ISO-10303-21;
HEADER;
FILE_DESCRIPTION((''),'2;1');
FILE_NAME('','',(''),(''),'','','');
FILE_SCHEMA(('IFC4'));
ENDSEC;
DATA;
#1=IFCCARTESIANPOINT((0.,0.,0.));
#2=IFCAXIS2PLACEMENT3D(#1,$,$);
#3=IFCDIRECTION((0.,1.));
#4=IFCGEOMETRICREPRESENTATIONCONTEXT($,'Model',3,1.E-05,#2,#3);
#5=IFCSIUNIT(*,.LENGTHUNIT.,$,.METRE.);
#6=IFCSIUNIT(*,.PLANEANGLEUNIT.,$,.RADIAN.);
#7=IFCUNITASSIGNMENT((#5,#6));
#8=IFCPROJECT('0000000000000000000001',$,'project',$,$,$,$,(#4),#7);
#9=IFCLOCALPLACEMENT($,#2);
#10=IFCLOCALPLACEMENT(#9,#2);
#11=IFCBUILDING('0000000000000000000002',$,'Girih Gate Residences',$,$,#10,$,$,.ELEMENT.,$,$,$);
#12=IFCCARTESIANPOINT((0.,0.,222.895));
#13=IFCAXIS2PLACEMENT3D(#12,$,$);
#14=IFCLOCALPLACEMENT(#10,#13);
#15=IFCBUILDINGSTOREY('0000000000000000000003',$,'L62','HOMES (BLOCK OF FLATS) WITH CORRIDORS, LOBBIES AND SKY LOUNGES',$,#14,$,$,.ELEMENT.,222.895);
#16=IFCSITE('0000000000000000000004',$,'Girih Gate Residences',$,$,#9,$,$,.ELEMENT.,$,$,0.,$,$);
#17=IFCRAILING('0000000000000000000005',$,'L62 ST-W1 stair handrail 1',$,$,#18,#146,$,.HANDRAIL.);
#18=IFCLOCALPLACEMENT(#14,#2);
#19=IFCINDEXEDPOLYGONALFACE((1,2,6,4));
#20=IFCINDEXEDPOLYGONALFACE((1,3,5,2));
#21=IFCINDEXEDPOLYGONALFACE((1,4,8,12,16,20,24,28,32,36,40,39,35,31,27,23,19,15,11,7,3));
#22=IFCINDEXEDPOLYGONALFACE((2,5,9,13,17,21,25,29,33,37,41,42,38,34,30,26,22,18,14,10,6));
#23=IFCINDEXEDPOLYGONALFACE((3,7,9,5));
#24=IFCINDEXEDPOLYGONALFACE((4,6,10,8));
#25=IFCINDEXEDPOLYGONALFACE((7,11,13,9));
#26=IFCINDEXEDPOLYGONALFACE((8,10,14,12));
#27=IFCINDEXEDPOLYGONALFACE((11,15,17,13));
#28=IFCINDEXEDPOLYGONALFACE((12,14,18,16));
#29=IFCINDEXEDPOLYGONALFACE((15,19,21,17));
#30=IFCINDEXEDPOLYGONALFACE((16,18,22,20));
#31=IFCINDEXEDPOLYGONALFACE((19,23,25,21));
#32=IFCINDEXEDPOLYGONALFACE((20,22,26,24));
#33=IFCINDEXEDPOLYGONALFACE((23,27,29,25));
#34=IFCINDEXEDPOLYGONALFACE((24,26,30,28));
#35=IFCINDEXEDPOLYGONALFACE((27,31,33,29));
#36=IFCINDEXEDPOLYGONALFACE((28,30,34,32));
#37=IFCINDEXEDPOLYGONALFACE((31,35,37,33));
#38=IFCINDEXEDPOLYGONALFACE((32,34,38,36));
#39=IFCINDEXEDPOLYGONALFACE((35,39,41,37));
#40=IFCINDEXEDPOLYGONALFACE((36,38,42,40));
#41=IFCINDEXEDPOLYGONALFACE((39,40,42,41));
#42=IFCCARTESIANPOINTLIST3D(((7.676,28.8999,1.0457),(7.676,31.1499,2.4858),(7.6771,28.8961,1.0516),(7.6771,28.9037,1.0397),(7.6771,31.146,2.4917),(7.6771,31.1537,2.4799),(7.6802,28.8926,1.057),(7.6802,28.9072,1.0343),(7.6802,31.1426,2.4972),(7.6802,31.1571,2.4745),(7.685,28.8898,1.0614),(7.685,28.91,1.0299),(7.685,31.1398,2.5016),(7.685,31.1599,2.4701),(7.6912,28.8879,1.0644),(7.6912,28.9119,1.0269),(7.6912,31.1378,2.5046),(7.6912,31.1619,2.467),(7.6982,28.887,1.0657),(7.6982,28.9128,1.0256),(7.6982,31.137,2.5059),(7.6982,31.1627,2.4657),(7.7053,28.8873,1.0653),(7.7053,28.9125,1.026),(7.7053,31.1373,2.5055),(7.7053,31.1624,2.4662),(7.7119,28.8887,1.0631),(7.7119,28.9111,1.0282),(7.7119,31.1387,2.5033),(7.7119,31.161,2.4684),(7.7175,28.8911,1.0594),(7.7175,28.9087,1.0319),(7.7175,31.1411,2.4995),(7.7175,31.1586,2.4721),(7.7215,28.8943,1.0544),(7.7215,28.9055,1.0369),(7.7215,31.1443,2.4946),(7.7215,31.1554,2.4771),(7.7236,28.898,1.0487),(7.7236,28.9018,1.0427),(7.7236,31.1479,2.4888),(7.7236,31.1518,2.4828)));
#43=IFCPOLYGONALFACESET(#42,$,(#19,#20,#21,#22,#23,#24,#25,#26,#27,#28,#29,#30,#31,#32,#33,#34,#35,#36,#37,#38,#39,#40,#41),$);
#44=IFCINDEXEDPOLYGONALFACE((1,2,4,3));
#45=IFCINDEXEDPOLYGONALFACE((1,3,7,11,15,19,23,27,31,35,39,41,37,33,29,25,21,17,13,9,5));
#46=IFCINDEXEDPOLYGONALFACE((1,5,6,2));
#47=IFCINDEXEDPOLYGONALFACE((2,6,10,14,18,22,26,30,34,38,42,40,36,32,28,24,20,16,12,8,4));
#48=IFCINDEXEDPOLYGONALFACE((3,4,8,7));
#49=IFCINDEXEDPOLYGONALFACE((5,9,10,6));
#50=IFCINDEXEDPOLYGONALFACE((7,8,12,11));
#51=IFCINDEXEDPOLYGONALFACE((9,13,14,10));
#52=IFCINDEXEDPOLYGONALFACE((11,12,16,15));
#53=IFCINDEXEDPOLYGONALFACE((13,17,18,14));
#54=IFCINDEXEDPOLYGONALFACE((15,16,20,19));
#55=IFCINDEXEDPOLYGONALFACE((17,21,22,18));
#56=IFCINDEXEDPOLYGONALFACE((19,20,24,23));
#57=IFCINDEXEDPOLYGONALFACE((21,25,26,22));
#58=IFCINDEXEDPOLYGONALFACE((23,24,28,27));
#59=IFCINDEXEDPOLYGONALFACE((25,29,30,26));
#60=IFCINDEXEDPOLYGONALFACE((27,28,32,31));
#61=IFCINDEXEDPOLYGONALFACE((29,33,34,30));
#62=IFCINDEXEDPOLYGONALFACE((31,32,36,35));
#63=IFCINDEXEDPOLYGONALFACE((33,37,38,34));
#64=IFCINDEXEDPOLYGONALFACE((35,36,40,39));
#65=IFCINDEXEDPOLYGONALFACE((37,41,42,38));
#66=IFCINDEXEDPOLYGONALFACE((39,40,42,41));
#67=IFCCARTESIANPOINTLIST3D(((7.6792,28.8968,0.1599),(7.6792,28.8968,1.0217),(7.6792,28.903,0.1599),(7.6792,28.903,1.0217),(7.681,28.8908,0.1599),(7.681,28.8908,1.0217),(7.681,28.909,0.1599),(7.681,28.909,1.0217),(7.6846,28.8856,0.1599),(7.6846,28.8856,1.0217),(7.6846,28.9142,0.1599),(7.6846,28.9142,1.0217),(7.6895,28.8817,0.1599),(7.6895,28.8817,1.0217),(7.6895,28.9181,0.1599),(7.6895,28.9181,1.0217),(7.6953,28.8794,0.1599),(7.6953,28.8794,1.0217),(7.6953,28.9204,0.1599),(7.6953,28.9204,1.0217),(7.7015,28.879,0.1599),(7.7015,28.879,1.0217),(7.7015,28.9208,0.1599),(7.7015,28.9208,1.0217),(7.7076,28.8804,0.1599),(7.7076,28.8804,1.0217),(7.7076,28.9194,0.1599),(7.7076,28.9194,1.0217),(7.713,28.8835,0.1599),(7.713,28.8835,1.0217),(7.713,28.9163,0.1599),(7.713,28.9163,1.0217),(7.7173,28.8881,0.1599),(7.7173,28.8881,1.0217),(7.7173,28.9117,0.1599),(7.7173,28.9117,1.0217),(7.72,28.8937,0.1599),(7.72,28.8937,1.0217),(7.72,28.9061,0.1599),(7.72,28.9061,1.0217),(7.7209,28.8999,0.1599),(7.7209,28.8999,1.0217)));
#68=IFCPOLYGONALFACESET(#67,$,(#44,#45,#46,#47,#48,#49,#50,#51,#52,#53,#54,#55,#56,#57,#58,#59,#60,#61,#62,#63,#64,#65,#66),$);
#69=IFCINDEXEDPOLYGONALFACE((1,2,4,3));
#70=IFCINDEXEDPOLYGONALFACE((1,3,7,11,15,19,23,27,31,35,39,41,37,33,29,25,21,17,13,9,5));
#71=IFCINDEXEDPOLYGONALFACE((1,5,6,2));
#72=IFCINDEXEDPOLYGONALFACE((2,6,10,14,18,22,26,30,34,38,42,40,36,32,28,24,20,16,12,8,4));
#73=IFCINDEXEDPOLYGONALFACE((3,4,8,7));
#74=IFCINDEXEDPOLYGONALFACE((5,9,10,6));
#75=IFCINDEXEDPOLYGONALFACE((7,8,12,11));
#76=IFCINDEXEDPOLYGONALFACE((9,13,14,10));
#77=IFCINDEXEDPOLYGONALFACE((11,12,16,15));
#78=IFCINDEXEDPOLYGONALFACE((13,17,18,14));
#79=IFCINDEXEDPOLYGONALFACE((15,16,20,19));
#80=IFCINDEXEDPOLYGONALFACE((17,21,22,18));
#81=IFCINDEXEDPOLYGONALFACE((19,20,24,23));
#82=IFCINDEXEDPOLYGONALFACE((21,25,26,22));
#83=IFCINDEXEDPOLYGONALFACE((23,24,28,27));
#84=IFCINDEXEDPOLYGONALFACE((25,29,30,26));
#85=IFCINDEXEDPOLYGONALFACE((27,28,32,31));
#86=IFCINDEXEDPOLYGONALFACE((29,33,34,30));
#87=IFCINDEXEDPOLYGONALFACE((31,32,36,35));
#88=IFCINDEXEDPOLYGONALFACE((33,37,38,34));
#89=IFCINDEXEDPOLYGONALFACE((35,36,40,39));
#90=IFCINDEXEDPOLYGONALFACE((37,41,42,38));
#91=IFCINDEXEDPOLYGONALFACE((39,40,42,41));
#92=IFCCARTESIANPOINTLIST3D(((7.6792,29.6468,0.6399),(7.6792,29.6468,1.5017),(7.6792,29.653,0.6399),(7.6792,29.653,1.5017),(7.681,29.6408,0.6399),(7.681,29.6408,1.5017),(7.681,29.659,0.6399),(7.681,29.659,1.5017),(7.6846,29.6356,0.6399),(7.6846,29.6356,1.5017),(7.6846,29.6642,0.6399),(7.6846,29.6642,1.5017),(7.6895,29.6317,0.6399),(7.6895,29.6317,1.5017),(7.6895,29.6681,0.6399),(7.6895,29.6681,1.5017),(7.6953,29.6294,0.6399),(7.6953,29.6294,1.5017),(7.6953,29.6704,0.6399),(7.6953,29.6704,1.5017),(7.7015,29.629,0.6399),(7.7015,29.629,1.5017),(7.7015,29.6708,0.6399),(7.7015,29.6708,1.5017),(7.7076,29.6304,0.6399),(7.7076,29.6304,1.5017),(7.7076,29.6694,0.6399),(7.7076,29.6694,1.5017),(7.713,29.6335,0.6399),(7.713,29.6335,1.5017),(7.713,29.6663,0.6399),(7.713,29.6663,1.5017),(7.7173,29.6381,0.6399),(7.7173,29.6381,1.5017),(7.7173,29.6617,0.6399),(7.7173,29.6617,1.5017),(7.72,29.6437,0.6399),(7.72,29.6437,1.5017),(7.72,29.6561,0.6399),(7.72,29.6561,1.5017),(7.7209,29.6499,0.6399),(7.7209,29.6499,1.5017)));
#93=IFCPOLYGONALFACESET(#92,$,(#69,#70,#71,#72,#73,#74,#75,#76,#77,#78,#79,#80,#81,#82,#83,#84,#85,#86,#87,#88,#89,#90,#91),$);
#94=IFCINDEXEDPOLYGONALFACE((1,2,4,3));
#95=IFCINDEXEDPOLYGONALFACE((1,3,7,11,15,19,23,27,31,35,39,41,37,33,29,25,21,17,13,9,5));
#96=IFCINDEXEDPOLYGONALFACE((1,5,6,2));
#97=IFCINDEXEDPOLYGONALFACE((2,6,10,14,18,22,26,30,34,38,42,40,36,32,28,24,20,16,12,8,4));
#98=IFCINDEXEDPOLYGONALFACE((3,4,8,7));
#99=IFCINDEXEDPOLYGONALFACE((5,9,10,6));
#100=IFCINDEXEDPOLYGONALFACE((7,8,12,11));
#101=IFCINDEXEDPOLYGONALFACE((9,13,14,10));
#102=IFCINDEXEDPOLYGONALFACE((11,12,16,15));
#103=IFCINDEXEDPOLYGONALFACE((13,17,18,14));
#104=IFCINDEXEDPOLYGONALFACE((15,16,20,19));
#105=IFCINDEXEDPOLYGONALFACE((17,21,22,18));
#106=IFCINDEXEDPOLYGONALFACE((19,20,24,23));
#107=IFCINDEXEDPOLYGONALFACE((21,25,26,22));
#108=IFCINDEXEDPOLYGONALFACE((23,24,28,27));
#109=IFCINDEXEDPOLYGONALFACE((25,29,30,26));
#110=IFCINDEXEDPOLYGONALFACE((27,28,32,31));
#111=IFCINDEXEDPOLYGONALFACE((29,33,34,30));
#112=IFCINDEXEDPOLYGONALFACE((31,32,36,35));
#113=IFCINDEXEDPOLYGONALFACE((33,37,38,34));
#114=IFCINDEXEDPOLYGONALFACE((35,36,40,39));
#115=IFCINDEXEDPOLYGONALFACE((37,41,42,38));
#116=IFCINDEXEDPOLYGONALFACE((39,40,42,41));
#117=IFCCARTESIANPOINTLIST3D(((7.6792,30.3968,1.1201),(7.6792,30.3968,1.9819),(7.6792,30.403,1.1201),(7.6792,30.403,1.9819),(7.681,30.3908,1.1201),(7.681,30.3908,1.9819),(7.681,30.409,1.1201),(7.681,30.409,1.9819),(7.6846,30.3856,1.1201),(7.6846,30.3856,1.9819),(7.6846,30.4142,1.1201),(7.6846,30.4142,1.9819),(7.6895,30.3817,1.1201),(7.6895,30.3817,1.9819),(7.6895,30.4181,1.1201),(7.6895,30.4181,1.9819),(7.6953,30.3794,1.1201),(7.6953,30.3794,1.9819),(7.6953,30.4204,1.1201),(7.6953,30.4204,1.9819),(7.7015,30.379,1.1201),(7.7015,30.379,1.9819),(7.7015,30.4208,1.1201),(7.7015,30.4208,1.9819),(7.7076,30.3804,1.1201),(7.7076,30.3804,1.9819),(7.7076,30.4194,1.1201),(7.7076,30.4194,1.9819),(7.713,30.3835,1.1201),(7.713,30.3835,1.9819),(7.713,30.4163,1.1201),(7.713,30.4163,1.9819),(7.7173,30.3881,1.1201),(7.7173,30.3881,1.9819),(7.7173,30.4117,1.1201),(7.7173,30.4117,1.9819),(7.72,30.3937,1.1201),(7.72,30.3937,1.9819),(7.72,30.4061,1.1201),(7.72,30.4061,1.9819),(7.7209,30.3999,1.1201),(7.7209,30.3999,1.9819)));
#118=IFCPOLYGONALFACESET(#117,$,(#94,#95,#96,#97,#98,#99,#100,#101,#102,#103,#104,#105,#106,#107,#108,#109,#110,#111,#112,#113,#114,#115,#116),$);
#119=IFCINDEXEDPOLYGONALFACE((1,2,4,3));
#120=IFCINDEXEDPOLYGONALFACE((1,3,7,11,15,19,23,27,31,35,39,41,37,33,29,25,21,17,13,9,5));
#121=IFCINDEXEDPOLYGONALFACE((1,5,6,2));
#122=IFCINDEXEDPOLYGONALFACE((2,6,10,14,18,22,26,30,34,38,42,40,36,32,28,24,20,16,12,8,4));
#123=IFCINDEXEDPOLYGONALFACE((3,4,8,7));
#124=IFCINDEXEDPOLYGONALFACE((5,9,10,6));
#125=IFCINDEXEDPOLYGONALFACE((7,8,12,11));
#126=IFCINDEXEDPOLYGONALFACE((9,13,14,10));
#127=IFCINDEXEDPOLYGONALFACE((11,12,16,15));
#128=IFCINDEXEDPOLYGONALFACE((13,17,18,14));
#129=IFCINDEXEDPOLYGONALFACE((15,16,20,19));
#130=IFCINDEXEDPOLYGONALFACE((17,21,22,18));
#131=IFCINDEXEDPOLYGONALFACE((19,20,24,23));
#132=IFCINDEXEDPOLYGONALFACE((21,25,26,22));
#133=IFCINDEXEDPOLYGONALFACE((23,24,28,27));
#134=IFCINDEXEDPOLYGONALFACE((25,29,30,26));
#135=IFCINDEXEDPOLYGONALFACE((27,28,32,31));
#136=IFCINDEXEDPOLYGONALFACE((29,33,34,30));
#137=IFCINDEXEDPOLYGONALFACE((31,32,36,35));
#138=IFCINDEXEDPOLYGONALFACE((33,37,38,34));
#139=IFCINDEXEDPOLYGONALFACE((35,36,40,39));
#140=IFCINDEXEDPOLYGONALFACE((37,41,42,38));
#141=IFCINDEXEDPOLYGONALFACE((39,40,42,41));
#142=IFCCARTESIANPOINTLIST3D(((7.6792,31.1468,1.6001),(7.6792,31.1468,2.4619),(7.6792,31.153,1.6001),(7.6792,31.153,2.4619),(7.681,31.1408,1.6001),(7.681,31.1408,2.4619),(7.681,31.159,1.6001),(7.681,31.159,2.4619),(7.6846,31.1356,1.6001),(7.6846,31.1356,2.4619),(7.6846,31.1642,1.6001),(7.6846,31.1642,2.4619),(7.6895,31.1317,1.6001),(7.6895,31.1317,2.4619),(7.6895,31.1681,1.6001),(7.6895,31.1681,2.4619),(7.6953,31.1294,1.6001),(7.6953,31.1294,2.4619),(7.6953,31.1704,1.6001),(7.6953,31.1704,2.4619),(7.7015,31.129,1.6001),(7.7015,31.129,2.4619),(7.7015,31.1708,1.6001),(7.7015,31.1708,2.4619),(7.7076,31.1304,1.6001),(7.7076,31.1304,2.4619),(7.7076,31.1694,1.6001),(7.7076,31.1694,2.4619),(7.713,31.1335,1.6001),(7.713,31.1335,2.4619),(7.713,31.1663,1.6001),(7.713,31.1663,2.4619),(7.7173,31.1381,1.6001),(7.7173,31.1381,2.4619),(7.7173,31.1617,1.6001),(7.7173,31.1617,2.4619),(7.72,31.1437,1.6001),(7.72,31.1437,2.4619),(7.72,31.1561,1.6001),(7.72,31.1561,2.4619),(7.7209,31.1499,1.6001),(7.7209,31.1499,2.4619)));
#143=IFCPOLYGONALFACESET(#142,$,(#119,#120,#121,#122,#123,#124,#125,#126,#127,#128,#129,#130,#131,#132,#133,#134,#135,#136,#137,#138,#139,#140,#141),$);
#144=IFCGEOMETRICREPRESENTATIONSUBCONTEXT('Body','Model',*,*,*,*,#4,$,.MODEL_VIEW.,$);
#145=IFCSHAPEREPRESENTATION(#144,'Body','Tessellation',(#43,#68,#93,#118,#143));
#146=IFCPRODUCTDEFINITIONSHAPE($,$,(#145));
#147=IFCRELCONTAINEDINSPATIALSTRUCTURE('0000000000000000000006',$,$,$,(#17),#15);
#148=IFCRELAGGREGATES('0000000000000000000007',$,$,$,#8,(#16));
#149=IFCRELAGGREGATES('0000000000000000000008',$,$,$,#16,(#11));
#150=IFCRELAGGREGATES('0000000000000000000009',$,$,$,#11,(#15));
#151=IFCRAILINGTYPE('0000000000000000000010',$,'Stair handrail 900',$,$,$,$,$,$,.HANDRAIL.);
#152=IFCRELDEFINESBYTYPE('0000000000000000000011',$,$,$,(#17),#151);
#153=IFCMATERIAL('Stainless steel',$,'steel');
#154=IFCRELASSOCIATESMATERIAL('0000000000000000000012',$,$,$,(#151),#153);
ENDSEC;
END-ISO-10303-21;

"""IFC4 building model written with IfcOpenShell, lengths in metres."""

from ifc_helpers import new_model, si_unit, direction, frame, origin, origin_2d, place, context, subcontext, project, spatial, circle, extrude, material, type_object, element, save


model = new_model("IFC4")

# Units and contexts
model_context = context("Model", 3, precision=1e-05, world=origin(), true_north=direction((0.0, 1.0)))
body_context = subcontext(model_context, "Body", "Model", "MODEL_VIEW")
ifc_project = project(units=[si_unit("LENGTHUNIT", "METRE"), si_unit("PLANEANGLEUNIT", "RADIAN")], contexts=[model_context])

# Site, building, storey
site_placement = place(None, origin())
site = spatial("IfcSite", under=ifc_project, at=site_placement, Name="Girih Gate Residences", CompositionType="ELEMENT", RefElevation=0.0)
building_placement = place(site_placement, origin())
building = spatial("IfcBuilding", under=site, at=building_placement, Name="Girih Gate Residences", CompositionType="ELEMENT")
storey_placement = place(building_placement, frame((0.0, 0.0, 222.895)))
storey = spatial("IfcBuildingStorey", under=building, at=storey_placement, Name="L62", Description="HOMES (BLOCK OF FLATS) WITH CORRIDORS, LOBBIES AND SKY LOUNGES", CompositionType="ELEMENT", Elevation=222.895)

# Railing
ifc_material_1 = material(Name="Stainless steel", Category="steel")
railing_type_1 = type_object("IfcRailingType", Name="Stair handrail 900", PredefinedType="HANDRAIL", material=ifc_material_1)
railing_1_placement = place(storey_placement, frame((7.7, 28.8999, 0.1599)))
element("IfcRailing", 1, at=railing_1_placement, inside=storey, type_object=railing_type_1, Name="L62 ST-W1 stair handrail 1", PredefinedType="HANDRAIL", context=body_context, shape_type="SweptSolid", body=[
    extrude(circle(Radius=0.0239, at=origin_2d()), frame((0.0, 0.0, 0.8857), z_axis=(0.0, 0.84224, 0.539103), x_axis=(-1.0, 0.0, 0.0)), (0.0, 0.0, 1.0), 2.6714),
    extrude(circle(Radius=0.021, at=origin_2d()), origin(), (0.0, 0.0, 1.0), 0.8618),
    extrude(circle(Radius=0.021, at=origin_2d()), frame((0.0, 0.75, 0.48)), (0.0, 0.0, 1.0), 0.8618),
    extrude(circle(Radius=0.021, at=origin_2d()), frame((0.0, 1.5, 0.9602)), (0.0, 0.0, 1.0), 0.8618),
    extrude(circle(Radius=0.021, at=origin_2d()), frame((0.0, 2.25, 1.4402)), (0.0, 0.0, 1.0), 0.8618),
])

save(model, "model.ifc")
